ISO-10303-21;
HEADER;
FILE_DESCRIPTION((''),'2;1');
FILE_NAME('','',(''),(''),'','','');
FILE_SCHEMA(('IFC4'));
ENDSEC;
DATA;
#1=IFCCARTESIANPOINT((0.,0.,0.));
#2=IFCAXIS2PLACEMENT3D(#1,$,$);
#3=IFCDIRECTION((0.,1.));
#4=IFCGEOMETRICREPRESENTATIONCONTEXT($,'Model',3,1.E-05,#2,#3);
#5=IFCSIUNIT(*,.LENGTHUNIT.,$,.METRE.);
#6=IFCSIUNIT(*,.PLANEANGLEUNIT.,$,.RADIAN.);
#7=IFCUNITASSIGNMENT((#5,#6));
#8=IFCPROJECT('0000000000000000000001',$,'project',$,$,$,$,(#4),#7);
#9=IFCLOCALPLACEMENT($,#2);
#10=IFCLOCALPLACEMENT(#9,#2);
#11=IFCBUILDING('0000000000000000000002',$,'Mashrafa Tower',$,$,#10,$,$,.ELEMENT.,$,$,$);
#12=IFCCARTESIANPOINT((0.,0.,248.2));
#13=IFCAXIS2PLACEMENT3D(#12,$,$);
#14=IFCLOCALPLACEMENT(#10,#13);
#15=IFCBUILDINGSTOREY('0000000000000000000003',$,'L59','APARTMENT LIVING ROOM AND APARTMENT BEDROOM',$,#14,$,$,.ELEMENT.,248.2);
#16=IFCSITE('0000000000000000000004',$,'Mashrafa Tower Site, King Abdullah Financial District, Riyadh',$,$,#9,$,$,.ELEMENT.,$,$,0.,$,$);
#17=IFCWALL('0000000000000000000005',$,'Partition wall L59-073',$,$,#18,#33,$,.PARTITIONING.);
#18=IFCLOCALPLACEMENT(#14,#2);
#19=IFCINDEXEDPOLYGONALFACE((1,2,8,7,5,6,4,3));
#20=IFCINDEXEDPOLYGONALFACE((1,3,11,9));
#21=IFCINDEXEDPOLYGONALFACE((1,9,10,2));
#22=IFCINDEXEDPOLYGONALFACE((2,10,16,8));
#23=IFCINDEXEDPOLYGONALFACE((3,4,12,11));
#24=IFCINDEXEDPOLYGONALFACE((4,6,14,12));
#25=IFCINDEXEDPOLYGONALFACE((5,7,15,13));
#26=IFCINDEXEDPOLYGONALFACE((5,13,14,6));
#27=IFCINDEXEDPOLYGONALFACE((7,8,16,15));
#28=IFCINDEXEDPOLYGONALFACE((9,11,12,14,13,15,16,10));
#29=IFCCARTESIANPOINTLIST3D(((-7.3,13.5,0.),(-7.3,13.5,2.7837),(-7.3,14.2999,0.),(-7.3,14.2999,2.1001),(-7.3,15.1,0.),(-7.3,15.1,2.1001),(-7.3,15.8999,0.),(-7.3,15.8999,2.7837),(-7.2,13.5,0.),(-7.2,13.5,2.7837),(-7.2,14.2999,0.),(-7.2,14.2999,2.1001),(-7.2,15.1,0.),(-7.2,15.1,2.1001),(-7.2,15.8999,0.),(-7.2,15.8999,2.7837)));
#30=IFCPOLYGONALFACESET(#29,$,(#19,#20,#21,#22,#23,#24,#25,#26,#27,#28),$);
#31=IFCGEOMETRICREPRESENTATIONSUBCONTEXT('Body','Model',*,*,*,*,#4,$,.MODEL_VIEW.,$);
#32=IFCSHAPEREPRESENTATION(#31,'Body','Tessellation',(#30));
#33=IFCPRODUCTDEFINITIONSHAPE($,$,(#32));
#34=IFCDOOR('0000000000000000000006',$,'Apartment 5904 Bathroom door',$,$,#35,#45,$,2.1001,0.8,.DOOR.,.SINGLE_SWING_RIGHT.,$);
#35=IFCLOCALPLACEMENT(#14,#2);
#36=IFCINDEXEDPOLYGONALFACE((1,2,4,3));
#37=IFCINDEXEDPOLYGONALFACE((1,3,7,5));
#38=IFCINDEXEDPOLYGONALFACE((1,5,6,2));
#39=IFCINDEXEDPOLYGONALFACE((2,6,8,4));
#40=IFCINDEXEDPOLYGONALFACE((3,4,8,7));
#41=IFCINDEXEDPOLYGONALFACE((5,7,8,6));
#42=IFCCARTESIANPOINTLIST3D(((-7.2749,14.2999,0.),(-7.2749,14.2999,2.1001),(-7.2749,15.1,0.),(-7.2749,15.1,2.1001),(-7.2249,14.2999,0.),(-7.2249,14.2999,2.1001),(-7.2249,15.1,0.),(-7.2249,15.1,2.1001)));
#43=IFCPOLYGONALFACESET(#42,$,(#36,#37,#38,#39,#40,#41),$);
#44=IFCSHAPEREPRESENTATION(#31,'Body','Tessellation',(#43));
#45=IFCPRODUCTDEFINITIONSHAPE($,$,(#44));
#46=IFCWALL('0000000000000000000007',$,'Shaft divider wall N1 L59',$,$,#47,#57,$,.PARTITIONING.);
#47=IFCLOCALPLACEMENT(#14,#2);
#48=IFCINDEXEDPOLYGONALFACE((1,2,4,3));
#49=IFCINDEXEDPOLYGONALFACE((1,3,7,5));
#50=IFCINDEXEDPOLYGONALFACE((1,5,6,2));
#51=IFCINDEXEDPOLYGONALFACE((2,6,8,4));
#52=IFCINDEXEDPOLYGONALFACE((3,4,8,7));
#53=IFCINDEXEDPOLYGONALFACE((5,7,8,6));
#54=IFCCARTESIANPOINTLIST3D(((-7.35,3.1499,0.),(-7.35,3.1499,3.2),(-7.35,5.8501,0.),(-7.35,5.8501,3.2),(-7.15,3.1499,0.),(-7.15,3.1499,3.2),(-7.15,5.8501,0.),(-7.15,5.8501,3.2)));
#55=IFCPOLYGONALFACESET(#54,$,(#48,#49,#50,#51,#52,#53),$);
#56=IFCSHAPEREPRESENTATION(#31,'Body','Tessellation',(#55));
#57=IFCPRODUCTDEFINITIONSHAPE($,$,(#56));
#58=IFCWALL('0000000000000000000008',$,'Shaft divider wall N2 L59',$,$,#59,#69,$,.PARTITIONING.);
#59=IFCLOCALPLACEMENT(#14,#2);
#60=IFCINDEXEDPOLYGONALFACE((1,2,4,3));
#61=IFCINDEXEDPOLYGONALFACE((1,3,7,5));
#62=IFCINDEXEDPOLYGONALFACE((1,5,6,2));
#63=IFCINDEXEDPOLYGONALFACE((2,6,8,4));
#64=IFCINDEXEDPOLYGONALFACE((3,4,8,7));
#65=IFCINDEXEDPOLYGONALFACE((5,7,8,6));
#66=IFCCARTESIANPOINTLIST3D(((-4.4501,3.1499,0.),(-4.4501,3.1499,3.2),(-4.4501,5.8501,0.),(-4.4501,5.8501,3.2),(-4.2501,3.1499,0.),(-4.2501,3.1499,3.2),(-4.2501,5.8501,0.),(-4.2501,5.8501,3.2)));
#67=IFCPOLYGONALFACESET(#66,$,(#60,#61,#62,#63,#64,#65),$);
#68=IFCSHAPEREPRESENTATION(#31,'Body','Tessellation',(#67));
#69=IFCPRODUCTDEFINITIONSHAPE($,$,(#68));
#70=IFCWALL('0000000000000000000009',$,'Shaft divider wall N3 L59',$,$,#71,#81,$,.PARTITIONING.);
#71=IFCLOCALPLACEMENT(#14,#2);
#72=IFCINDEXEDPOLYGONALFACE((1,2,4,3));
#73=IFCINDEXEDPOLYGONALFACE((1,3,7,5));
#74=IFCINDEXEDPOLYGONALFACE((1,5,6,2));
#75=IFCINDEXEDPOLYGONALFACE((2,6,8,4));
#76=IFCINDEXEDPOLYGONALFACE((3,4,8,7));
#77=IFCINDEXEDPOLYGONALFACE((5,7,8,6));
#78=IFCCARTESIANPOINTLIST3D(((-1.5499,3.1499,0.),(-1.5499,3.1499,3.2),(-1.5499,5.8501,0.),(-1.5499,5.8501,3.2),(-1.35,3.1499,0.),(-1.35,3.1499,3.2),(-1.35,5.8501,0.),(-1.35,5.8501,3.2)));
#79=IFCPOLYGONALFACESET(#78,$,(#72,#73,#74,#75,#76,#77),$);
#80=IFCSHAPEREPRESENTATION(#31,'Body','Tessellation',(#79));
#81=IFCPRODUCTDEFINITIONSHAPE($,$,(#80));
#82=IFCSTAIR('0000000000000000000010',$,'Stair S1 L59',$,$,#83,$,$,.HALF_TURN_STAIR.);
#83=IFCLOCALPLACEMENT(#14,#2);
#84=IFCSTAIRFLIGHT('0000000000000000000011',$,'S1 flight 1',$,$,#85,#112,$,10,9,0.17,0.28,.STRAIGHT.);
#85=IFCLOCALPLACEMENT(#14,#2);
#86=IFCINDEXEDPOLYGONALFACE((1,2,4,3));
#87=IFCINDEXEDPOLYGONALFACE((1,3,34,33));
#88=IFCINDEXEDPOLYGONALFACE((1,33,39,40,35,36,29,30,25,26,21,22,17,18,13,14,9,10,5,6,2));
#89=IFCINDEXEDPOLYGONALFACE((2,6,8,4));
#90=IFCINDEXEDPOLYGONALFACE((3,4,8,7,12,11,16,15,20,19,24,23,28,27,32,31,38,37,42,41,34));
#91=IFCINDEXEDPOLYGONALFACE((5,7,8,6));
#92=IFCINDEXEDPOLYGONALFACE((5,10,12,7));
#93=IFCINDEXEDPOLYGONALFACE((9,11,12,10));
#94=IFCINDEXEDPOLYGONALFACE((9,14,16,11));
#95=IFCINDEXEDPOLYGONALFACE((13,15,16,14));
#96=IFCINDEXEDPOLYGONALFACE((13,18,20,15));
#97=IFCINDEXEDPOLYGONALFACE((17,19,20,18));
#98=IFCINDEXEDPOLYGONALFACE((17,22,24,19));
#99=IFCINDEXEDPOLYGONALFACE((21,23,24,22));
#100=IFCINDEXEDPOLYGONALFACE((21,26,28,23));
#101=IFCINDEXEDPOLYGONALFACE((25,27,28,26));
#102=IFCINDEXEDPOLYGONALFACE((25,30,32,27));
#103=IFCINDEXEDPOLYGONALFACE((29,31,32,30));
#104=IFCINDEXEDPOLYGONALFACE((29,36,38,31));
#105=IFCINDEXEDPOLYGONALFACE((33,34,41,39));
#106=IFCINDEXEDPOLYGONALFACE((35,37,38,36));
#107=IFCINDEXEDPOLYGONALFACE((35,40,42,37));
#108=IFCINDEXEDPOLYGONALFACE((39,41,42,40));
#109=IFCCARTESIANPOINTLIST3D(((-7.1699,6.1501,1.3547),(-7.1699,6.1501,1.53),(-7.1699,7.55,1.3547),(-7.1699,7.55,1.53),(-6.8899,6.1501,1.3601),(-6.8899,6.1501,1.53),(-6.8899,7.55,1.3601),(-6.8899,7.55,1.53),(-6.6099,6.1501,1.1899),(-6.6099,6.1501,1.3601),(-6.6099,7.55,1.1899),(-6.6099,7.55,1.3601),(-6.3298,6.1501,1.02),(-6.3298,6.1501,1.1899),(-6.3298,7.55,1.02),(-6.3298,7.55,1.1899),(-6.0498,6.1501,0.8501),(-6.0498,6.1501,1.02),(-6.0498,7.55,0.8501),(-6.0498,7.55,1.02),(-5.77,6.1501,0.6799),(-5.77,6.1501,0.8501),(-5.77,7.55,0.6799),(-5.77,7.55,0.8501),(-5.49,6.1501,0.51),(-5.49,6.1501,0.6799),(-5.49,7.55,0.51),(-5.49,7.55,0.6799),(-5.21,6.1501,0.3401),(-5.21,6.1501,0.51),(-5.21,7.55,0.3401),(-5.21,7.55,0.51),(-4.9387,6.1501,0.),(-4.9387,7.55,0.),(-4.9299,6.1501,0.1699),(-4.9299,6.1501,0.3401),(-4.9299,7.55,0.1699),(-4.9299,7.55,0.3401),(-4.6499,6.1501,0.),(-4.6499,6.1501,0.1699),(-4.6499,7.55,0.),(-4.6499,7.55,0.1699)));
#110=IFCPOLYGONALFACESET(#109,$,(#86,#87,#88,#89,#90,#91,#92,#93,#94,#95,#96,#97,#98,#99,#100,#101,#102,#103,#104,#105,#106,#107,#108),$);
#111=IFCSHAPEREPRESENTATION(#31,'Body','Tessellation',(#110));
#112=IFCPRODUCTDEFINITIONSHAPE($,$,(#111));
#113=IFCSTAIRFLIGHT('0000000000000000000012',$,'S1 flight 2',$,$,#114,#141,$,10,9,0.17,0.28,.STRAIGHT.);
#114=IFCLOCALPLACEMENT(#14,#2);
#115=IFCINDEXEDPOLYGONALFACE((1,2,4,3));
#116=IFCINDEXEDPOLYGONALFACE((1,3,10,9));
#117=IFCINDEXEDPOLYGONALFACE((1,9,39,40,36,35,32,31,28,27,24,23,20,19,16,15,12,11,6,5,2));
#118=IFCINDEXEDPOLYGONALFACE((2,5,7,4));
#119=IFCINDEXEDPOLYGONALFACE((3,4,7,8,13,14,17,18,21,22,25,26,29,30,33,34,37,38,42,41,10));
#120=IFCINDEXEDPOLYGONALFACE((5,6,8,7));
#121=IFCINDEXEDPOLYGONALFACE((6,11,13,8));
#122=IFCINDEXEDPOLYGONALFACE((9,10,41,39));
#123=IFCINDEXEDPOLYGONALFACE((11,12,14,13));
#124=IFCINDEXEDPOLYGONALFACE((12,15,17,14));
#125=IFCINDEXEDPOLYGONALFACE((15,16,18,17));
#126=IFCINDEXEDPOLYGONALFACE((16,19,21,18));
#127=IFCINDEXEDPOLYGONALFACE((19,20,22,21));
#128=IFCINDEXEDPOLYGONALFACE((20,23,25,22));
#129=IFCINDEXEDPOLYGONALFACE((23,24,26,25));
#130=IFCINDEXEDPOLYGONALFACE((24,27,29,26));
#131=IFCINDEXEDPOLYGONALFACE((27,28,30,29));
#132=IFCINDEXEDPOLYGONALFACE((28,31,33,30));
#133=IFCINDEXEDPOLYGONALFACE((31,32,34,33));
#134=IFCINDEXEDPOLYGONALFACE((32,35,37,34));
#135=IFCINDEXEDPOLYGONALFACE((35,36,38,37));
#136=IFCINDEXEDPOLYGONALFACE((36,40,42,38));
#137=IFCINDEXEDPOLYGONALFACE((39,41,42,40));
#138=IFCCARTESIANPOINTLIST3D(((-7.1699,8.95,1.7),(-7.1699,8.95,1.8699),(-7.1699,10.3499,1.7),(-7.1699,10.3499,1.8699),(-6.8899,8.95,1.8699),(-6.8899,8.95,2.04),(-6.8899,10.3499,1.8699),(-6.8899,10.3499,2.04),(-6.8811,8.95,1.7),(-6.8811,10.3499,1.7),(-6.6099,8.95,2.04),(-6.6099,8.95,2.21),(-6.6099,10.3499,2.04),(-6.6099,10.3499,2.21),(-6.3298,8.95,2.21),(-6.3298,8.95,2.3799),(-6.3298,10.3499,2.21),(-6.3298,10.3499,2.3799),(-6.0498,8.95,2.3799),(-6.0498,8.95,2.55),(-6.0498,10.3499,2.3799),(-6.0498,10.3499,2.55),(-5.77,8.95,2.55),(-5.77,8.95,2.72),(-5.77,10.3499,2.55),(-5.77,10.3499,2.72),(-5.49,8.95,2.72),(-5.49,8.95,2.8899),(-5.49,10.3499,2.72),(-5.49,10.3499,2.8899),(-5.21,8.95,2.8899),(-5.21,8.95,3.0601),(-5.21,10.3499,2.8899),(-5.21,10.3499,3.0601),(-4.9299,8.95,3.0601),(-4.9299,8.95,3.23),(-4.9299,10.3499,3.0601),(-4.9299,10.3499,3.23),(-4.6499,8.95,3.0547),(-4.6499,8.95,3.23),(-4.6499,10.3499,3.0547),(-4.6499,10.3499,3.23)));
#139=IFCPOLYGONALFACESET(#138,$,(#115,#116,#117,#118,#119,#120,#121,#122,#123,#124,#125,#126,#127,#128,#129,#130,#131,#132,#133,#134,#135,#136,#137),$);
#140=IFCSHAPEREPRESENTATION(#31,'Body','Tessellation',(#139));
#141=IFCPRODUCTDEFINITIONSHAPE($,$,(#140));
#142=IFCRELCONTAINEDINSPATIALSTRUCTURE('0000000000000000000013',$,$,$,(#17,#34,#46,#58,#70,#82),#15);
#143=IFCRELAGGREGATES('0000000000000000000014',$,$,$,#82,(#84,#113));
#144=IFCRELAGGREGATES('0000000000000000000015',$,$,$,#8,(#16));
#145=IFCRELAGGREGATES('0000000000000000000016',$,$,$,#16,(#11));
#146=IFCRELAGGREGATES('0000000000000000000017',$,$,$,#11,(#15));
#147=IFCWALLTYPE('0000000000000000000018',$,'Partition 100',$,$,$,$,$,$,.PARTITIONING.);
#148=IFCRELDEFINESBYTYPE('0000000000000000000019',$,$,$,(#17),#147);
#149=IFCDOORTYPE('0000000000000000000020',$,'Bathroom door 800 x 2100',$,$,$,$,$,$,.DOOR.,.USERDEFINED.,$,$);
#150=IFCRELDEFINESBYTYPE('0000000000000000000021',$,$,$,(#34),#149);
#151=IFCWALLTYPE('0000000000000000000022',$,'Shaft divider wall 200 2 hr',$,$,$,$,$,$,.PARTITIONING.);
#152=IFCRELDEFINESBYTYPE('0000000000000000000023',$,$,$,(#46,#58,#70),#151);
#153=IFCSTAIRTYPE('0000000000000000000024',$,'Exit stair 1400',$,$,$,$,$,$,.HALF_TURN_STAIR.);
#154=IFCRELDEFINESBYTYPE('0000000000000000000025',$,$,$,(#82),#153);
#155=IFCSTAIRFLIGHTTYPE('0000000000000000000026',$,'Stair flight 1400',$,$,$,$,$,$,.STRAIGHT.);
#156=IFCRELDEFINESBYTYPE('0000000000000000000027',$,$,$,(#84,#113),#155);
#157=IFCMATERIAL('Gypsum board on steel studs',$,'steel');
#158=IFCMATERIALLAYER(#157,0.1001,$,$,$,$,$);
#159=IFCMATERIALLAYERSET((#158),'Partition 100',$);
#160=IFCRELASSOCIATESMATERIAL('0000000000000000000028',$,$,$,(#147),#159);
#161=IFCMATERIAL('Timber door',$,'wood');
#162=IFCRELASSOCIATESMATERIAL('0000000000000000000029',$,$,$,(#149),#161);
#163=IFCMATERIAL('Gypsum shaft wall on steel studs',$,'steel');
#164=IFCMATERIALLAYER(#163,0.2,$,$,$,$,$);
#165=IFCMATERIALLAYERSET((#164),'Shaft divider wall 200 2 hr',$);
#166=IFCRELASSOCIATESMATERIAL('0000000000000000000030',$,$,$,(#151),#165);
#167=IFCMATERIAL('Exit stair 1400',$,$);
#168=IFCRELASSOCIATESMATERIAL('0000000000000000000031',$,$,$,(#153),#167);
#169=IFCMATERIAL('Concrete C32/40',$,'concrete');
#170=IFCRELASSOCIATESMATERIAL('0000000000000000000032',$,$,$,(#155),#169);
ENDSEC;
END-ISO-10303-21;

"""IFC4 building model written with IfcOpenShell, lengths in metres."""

from ifc_helpers import new_model, si_unit, direction, frame, frame_2d, origin, place, context, subcontext, project, spatial, polyline, rectangle, outline, extrude, material, layer, layer_set, type_object, element, fill, aggregate, save


model = new_model("IFC4")

# Units and contexts
model_context = context("Model", 3, precision=1e-05, world=origin(), true_north=direction((0.0, 1.0)))
body_context = subcontext(model_context, "Body", "Model", "MODEL_VIEW")
ifc_project = project(units=[si_unit("LENGTHUNIT", "METRE"), si_unit("PLANEANGLEUNIT", "RADIAN")], contexts=[model_context])

# Site, building, storey
site_placement = place(None, origin())
site = spatial("IfcSite", under=ifc_project, at=site_placement, Name="Mashrafa Tower Site, King Abdullah Financial District, Riyadh", CompositionType="ELEMENT", RefElevation=0.0)
building_placement = place(site_placement, origin())
building = spatial("IfcBuilding", under=site, at=building_placement, Name="Mashrafa Tower", CompositionType="ELEMENT")
storey_placement = place(building_placement, frame((0.0, 0.0, 248.2)))
storey = spatial("IfcBuildingStorey", under=building, at=storey_placement, Name="L59", Description="APARTMENT LIVING ROOM AND APARTMENT BEDROOM", CompositionType="ELEMENT", Elevation=248.2)

# Shared definitions
ifc_material_1 = material(Name="Gypsum board on steel studs", Category="steel")
ifc_layer_1 = layer(ifc_material_1, 0.1001)
ifc_layer_set_1 = layer_set([ifc_layer_1], Name="Partition 100")
wall_type_1 = type_object("IfcWallType", Name="Partition 100", PredefinedType="PARTITIONING", material=ifc_layer_set_1)

# Wall, opening, door
wall_1_placement = place(storey_placement, frame((-7.25, 13.5, 0.0), z_axis=(0.0, 0.0, 1.0), x_axis=(0.0, 1.0, 0.0)))
wall_1 = element("IfcWall", 1, at=wall_1_placement, inside=storey, type_object=wall_type_1, Name="Partition wall L59-073", PredefinedType="PARTITIONING", context=body_context, shape_type="SweptSolid", body=[
    extrude(rectangle(XDim=2.3999, YDim=0.1001, at=frame_2d((1.2, 0.0))), origin(), (0.0, 0.0, 1.0), 2.7837),
])
opening_1_placement = place(wall_1_placement, frame((0.8, 0.0, 0.0)))
opening_1 = element("IfcOpeningElement", 2, at=opening_1_placement, cuts=wall_1, PredefinedType="OPENING", context=body_context, shape_type="SweptSolid", body=[
    extrude(rectangle(XDim=0.8, YDim=2.1001, at=frame_2d((0.3999, 1.05))), frame((0.0, 0.0601, 0.0), z_axis=(0.0, -1.0, 0.0), x_axis=(1.0, 0.0, 0.0)), (0.0, 0.0, 1.0), 0.1201),
])
ifc_material_2 = material(Name="Timber door", Category="wood")
door_type_1 = type_object("IfcDoorType", Name="Bathroom door 800 x 2100", OperationType="USERDEFINED", PredefinedType="DOOR", material=ifc_material_2)
door_1_placement = place(opening_1_placement, origin())
door_1 = element("IfcDoor", 3, at=door_1_placement, inside=storey, type_object=door_type_1, Name="Apartment 5904 Bathroom door", OperationType="SINGLE_SWING_RIGHT", OverallHeight=2.1001, OverallWidth=0.8, PredefinedType="DOOR", context=body_context, shape_type="SweptSolid", body=[
    extrude(rectangle(XDim=0.8, YDim=2.1001, at=frame_2d((0.3999, 1.05))), frame((0.0, 0.0249, 0.0), z_axis=(0.0, -1.0, 0.0), x_axis=(1.0, 0.0, 0.0)), (0.0, 0.0, 1.0), 0.05),
])
fill(opening_1, door_1)

# Walls
ifc_material_3 = material(Name="Gypsum shaft wall on steel studs", Category="steel")
ifc_layer_2 = layer(ifc_material_3, 0.2)
ifc_layer_set_2 = layer_set([ifc_layer_2], Name="Shaft divider wall 200 2 hr")
wall_type_2 = type_object("IfcWallType", Name="Shaft divider wall 200 2 hr", PredefinedType="PARTITIONING", material=ifc_layer_set_2)
for number, where, z_axis, x_axis, name in (
    (4, (-7.25, 3.1499, 0.0), (0.0, 0.0, 1.0), (0.0, 1.0, 0.0), "Shaft divider wall N1 L59"),
    (5, (-4.3501, 3.1499, 0.0), (0.0, 0.0, 1.0), (0.0, 1.0, 0.0), "Shaft divider wall N2 L59"),
    (6, (-1.45, 3.1499, 0.0), (0.0, 0.0, 1.0), (0.0, 1.0, 0.0), "Shaft divider wall N3 L59"),
):
    element("IfcWall", number, at=place(storey_placement, frame(where, z_axis=z_axis, x_axis=x_axis)), inside=storey, type_object=wall_type_2, Name=name, PredefinedType="PARTITIONING", context=body_context, shape_type="SweptSolid", body=[
        extrude(rectangle(XDim=2.7002, YDim=0.2, at=frame_2d((1.3501, 0.0))), origin(), (0.0, 0.0, 1.0), 3.2),
    ])

# Stair, stair flights
ifc_material_4 = material(Name="Exit stair 1400")
stair_type = type_object("IfcStairType", Name="Exit stair 1400", PredefinedType="HALF_TURN_STAIR", material=ifc_material_4)
stair_placement = place(storey_placement, origin())
stair = element("IfcStair", 7, at=stair_placement, inside=storey, type_object=stair_type, Name="Stair S1 L59", PredefinedType="HALF_TURN_STAIR")
ifc_material_5 = material(Name="Concrete C32/40", Category="concrete")
stair_flight_type = type_object("IfcStairFlightType", Name="Stair flight 1400", PredefinedType="STRAIGHT", material=ifc_material_5)
stair_flight_1_placement = place(storey_placement, frame((-4.6499, 6.8501, 0.0), z_axis=(0.0, 0.0, 1.0), x_axis=(-1.0, 0.0, 0.0)))
stair_flight_1 = element("IfcStairFlight", 8, at=stair_flight_1_placement, type_object=stair_flight_type, Name="S1 flight 1", NumberOfRisers=10, NumberOfTreads=9, PredefinedType="STRAIGHT", RiserHeight=0.17, TreadLength=0.28, context=body_context, shape_type="SweptSolid", body=[
    extrude(outline(polyline([(0.0, 0.0), (0.0, 0.1699), (0.28, 0.1699), (0.28, 0.3401), (0.5601, 0.3401), (0.5601, 0.51), (0.8401, 0.51), (0.8401, 0.6799), (1.1201, 0.6799), (1.1201, 0.8501), (1.3999, 0.8501), (1.3999, 1.02), (1.6799, 1.02), (1.6799, 1.1899), (1.96, 1.1899), (1.96, 1.3601), (2.24, 1.3601), (2.24, 1.53), (2.52, 1.53), (2.52, 1.7), (2.52, 1.3547), (0.2888, 0.0), (0.0, 0.0)])), frame((0.0, 0.7, 0.0), z_axis=(0.0, -1.0, 0.0), x_axis=(1.0, 0.0, 0.0)), (0.0, 0.0, 1.0), 1.3999),
])
stair_flight_2_placement = place(storey_placement, frame((-7.1699, 9.6499, 1.7), z_axis=(0.0, 0.0, 1.0), x_axis=(1.0, 0.0, 0.0)))
stair_flight_2 = element("IfcStairFlight", 9, at=stair_flight_2_placement, type_object=stair_flight_type, Name="S1 flight 2", NumberOfRisers=10, NumberOfTreads=9, PredefinedType="STRAIGHT", RiserHeight=0.17, TreadLength=0.28, context=body_context, shape_type="SweptSolid", body=[
    extrude(outline(polyline([(0.0, 0.0), (0.0, 0.1699), (0.28, 0.1699), (0.28, 0.3401), (0.5601, 0.3401), (0.5601, 0.51), (0.8401, 0.51), (0.8401, 0.6799), (1.1201, 0.6799), (1.1201, 0.8501), (1.3999, 0.8501), (1.3999, 1.02), (1.6799, 1.02), (1.6799, 1.1899), (1.96, 1.1899), (1.96, 1.3601), (2.24, 1.3601), (2.24, 1.53), (2.52, 1.53), (2.52, 1.7), (2.52, 1.3547), (0.2888, 0.0), (0.0, 0.0)])), frame((0.0, 0.7, 0.0), z_axis=(0.0, -1.0, 0.0), x_axis=(1.0, 0.0, 0.0)), (0.0, 0.0, 1.0), 1.3999),
])
aggregate(stair, [stair_flight_1, stair_flight_2])

save(model, "model.ifc")
